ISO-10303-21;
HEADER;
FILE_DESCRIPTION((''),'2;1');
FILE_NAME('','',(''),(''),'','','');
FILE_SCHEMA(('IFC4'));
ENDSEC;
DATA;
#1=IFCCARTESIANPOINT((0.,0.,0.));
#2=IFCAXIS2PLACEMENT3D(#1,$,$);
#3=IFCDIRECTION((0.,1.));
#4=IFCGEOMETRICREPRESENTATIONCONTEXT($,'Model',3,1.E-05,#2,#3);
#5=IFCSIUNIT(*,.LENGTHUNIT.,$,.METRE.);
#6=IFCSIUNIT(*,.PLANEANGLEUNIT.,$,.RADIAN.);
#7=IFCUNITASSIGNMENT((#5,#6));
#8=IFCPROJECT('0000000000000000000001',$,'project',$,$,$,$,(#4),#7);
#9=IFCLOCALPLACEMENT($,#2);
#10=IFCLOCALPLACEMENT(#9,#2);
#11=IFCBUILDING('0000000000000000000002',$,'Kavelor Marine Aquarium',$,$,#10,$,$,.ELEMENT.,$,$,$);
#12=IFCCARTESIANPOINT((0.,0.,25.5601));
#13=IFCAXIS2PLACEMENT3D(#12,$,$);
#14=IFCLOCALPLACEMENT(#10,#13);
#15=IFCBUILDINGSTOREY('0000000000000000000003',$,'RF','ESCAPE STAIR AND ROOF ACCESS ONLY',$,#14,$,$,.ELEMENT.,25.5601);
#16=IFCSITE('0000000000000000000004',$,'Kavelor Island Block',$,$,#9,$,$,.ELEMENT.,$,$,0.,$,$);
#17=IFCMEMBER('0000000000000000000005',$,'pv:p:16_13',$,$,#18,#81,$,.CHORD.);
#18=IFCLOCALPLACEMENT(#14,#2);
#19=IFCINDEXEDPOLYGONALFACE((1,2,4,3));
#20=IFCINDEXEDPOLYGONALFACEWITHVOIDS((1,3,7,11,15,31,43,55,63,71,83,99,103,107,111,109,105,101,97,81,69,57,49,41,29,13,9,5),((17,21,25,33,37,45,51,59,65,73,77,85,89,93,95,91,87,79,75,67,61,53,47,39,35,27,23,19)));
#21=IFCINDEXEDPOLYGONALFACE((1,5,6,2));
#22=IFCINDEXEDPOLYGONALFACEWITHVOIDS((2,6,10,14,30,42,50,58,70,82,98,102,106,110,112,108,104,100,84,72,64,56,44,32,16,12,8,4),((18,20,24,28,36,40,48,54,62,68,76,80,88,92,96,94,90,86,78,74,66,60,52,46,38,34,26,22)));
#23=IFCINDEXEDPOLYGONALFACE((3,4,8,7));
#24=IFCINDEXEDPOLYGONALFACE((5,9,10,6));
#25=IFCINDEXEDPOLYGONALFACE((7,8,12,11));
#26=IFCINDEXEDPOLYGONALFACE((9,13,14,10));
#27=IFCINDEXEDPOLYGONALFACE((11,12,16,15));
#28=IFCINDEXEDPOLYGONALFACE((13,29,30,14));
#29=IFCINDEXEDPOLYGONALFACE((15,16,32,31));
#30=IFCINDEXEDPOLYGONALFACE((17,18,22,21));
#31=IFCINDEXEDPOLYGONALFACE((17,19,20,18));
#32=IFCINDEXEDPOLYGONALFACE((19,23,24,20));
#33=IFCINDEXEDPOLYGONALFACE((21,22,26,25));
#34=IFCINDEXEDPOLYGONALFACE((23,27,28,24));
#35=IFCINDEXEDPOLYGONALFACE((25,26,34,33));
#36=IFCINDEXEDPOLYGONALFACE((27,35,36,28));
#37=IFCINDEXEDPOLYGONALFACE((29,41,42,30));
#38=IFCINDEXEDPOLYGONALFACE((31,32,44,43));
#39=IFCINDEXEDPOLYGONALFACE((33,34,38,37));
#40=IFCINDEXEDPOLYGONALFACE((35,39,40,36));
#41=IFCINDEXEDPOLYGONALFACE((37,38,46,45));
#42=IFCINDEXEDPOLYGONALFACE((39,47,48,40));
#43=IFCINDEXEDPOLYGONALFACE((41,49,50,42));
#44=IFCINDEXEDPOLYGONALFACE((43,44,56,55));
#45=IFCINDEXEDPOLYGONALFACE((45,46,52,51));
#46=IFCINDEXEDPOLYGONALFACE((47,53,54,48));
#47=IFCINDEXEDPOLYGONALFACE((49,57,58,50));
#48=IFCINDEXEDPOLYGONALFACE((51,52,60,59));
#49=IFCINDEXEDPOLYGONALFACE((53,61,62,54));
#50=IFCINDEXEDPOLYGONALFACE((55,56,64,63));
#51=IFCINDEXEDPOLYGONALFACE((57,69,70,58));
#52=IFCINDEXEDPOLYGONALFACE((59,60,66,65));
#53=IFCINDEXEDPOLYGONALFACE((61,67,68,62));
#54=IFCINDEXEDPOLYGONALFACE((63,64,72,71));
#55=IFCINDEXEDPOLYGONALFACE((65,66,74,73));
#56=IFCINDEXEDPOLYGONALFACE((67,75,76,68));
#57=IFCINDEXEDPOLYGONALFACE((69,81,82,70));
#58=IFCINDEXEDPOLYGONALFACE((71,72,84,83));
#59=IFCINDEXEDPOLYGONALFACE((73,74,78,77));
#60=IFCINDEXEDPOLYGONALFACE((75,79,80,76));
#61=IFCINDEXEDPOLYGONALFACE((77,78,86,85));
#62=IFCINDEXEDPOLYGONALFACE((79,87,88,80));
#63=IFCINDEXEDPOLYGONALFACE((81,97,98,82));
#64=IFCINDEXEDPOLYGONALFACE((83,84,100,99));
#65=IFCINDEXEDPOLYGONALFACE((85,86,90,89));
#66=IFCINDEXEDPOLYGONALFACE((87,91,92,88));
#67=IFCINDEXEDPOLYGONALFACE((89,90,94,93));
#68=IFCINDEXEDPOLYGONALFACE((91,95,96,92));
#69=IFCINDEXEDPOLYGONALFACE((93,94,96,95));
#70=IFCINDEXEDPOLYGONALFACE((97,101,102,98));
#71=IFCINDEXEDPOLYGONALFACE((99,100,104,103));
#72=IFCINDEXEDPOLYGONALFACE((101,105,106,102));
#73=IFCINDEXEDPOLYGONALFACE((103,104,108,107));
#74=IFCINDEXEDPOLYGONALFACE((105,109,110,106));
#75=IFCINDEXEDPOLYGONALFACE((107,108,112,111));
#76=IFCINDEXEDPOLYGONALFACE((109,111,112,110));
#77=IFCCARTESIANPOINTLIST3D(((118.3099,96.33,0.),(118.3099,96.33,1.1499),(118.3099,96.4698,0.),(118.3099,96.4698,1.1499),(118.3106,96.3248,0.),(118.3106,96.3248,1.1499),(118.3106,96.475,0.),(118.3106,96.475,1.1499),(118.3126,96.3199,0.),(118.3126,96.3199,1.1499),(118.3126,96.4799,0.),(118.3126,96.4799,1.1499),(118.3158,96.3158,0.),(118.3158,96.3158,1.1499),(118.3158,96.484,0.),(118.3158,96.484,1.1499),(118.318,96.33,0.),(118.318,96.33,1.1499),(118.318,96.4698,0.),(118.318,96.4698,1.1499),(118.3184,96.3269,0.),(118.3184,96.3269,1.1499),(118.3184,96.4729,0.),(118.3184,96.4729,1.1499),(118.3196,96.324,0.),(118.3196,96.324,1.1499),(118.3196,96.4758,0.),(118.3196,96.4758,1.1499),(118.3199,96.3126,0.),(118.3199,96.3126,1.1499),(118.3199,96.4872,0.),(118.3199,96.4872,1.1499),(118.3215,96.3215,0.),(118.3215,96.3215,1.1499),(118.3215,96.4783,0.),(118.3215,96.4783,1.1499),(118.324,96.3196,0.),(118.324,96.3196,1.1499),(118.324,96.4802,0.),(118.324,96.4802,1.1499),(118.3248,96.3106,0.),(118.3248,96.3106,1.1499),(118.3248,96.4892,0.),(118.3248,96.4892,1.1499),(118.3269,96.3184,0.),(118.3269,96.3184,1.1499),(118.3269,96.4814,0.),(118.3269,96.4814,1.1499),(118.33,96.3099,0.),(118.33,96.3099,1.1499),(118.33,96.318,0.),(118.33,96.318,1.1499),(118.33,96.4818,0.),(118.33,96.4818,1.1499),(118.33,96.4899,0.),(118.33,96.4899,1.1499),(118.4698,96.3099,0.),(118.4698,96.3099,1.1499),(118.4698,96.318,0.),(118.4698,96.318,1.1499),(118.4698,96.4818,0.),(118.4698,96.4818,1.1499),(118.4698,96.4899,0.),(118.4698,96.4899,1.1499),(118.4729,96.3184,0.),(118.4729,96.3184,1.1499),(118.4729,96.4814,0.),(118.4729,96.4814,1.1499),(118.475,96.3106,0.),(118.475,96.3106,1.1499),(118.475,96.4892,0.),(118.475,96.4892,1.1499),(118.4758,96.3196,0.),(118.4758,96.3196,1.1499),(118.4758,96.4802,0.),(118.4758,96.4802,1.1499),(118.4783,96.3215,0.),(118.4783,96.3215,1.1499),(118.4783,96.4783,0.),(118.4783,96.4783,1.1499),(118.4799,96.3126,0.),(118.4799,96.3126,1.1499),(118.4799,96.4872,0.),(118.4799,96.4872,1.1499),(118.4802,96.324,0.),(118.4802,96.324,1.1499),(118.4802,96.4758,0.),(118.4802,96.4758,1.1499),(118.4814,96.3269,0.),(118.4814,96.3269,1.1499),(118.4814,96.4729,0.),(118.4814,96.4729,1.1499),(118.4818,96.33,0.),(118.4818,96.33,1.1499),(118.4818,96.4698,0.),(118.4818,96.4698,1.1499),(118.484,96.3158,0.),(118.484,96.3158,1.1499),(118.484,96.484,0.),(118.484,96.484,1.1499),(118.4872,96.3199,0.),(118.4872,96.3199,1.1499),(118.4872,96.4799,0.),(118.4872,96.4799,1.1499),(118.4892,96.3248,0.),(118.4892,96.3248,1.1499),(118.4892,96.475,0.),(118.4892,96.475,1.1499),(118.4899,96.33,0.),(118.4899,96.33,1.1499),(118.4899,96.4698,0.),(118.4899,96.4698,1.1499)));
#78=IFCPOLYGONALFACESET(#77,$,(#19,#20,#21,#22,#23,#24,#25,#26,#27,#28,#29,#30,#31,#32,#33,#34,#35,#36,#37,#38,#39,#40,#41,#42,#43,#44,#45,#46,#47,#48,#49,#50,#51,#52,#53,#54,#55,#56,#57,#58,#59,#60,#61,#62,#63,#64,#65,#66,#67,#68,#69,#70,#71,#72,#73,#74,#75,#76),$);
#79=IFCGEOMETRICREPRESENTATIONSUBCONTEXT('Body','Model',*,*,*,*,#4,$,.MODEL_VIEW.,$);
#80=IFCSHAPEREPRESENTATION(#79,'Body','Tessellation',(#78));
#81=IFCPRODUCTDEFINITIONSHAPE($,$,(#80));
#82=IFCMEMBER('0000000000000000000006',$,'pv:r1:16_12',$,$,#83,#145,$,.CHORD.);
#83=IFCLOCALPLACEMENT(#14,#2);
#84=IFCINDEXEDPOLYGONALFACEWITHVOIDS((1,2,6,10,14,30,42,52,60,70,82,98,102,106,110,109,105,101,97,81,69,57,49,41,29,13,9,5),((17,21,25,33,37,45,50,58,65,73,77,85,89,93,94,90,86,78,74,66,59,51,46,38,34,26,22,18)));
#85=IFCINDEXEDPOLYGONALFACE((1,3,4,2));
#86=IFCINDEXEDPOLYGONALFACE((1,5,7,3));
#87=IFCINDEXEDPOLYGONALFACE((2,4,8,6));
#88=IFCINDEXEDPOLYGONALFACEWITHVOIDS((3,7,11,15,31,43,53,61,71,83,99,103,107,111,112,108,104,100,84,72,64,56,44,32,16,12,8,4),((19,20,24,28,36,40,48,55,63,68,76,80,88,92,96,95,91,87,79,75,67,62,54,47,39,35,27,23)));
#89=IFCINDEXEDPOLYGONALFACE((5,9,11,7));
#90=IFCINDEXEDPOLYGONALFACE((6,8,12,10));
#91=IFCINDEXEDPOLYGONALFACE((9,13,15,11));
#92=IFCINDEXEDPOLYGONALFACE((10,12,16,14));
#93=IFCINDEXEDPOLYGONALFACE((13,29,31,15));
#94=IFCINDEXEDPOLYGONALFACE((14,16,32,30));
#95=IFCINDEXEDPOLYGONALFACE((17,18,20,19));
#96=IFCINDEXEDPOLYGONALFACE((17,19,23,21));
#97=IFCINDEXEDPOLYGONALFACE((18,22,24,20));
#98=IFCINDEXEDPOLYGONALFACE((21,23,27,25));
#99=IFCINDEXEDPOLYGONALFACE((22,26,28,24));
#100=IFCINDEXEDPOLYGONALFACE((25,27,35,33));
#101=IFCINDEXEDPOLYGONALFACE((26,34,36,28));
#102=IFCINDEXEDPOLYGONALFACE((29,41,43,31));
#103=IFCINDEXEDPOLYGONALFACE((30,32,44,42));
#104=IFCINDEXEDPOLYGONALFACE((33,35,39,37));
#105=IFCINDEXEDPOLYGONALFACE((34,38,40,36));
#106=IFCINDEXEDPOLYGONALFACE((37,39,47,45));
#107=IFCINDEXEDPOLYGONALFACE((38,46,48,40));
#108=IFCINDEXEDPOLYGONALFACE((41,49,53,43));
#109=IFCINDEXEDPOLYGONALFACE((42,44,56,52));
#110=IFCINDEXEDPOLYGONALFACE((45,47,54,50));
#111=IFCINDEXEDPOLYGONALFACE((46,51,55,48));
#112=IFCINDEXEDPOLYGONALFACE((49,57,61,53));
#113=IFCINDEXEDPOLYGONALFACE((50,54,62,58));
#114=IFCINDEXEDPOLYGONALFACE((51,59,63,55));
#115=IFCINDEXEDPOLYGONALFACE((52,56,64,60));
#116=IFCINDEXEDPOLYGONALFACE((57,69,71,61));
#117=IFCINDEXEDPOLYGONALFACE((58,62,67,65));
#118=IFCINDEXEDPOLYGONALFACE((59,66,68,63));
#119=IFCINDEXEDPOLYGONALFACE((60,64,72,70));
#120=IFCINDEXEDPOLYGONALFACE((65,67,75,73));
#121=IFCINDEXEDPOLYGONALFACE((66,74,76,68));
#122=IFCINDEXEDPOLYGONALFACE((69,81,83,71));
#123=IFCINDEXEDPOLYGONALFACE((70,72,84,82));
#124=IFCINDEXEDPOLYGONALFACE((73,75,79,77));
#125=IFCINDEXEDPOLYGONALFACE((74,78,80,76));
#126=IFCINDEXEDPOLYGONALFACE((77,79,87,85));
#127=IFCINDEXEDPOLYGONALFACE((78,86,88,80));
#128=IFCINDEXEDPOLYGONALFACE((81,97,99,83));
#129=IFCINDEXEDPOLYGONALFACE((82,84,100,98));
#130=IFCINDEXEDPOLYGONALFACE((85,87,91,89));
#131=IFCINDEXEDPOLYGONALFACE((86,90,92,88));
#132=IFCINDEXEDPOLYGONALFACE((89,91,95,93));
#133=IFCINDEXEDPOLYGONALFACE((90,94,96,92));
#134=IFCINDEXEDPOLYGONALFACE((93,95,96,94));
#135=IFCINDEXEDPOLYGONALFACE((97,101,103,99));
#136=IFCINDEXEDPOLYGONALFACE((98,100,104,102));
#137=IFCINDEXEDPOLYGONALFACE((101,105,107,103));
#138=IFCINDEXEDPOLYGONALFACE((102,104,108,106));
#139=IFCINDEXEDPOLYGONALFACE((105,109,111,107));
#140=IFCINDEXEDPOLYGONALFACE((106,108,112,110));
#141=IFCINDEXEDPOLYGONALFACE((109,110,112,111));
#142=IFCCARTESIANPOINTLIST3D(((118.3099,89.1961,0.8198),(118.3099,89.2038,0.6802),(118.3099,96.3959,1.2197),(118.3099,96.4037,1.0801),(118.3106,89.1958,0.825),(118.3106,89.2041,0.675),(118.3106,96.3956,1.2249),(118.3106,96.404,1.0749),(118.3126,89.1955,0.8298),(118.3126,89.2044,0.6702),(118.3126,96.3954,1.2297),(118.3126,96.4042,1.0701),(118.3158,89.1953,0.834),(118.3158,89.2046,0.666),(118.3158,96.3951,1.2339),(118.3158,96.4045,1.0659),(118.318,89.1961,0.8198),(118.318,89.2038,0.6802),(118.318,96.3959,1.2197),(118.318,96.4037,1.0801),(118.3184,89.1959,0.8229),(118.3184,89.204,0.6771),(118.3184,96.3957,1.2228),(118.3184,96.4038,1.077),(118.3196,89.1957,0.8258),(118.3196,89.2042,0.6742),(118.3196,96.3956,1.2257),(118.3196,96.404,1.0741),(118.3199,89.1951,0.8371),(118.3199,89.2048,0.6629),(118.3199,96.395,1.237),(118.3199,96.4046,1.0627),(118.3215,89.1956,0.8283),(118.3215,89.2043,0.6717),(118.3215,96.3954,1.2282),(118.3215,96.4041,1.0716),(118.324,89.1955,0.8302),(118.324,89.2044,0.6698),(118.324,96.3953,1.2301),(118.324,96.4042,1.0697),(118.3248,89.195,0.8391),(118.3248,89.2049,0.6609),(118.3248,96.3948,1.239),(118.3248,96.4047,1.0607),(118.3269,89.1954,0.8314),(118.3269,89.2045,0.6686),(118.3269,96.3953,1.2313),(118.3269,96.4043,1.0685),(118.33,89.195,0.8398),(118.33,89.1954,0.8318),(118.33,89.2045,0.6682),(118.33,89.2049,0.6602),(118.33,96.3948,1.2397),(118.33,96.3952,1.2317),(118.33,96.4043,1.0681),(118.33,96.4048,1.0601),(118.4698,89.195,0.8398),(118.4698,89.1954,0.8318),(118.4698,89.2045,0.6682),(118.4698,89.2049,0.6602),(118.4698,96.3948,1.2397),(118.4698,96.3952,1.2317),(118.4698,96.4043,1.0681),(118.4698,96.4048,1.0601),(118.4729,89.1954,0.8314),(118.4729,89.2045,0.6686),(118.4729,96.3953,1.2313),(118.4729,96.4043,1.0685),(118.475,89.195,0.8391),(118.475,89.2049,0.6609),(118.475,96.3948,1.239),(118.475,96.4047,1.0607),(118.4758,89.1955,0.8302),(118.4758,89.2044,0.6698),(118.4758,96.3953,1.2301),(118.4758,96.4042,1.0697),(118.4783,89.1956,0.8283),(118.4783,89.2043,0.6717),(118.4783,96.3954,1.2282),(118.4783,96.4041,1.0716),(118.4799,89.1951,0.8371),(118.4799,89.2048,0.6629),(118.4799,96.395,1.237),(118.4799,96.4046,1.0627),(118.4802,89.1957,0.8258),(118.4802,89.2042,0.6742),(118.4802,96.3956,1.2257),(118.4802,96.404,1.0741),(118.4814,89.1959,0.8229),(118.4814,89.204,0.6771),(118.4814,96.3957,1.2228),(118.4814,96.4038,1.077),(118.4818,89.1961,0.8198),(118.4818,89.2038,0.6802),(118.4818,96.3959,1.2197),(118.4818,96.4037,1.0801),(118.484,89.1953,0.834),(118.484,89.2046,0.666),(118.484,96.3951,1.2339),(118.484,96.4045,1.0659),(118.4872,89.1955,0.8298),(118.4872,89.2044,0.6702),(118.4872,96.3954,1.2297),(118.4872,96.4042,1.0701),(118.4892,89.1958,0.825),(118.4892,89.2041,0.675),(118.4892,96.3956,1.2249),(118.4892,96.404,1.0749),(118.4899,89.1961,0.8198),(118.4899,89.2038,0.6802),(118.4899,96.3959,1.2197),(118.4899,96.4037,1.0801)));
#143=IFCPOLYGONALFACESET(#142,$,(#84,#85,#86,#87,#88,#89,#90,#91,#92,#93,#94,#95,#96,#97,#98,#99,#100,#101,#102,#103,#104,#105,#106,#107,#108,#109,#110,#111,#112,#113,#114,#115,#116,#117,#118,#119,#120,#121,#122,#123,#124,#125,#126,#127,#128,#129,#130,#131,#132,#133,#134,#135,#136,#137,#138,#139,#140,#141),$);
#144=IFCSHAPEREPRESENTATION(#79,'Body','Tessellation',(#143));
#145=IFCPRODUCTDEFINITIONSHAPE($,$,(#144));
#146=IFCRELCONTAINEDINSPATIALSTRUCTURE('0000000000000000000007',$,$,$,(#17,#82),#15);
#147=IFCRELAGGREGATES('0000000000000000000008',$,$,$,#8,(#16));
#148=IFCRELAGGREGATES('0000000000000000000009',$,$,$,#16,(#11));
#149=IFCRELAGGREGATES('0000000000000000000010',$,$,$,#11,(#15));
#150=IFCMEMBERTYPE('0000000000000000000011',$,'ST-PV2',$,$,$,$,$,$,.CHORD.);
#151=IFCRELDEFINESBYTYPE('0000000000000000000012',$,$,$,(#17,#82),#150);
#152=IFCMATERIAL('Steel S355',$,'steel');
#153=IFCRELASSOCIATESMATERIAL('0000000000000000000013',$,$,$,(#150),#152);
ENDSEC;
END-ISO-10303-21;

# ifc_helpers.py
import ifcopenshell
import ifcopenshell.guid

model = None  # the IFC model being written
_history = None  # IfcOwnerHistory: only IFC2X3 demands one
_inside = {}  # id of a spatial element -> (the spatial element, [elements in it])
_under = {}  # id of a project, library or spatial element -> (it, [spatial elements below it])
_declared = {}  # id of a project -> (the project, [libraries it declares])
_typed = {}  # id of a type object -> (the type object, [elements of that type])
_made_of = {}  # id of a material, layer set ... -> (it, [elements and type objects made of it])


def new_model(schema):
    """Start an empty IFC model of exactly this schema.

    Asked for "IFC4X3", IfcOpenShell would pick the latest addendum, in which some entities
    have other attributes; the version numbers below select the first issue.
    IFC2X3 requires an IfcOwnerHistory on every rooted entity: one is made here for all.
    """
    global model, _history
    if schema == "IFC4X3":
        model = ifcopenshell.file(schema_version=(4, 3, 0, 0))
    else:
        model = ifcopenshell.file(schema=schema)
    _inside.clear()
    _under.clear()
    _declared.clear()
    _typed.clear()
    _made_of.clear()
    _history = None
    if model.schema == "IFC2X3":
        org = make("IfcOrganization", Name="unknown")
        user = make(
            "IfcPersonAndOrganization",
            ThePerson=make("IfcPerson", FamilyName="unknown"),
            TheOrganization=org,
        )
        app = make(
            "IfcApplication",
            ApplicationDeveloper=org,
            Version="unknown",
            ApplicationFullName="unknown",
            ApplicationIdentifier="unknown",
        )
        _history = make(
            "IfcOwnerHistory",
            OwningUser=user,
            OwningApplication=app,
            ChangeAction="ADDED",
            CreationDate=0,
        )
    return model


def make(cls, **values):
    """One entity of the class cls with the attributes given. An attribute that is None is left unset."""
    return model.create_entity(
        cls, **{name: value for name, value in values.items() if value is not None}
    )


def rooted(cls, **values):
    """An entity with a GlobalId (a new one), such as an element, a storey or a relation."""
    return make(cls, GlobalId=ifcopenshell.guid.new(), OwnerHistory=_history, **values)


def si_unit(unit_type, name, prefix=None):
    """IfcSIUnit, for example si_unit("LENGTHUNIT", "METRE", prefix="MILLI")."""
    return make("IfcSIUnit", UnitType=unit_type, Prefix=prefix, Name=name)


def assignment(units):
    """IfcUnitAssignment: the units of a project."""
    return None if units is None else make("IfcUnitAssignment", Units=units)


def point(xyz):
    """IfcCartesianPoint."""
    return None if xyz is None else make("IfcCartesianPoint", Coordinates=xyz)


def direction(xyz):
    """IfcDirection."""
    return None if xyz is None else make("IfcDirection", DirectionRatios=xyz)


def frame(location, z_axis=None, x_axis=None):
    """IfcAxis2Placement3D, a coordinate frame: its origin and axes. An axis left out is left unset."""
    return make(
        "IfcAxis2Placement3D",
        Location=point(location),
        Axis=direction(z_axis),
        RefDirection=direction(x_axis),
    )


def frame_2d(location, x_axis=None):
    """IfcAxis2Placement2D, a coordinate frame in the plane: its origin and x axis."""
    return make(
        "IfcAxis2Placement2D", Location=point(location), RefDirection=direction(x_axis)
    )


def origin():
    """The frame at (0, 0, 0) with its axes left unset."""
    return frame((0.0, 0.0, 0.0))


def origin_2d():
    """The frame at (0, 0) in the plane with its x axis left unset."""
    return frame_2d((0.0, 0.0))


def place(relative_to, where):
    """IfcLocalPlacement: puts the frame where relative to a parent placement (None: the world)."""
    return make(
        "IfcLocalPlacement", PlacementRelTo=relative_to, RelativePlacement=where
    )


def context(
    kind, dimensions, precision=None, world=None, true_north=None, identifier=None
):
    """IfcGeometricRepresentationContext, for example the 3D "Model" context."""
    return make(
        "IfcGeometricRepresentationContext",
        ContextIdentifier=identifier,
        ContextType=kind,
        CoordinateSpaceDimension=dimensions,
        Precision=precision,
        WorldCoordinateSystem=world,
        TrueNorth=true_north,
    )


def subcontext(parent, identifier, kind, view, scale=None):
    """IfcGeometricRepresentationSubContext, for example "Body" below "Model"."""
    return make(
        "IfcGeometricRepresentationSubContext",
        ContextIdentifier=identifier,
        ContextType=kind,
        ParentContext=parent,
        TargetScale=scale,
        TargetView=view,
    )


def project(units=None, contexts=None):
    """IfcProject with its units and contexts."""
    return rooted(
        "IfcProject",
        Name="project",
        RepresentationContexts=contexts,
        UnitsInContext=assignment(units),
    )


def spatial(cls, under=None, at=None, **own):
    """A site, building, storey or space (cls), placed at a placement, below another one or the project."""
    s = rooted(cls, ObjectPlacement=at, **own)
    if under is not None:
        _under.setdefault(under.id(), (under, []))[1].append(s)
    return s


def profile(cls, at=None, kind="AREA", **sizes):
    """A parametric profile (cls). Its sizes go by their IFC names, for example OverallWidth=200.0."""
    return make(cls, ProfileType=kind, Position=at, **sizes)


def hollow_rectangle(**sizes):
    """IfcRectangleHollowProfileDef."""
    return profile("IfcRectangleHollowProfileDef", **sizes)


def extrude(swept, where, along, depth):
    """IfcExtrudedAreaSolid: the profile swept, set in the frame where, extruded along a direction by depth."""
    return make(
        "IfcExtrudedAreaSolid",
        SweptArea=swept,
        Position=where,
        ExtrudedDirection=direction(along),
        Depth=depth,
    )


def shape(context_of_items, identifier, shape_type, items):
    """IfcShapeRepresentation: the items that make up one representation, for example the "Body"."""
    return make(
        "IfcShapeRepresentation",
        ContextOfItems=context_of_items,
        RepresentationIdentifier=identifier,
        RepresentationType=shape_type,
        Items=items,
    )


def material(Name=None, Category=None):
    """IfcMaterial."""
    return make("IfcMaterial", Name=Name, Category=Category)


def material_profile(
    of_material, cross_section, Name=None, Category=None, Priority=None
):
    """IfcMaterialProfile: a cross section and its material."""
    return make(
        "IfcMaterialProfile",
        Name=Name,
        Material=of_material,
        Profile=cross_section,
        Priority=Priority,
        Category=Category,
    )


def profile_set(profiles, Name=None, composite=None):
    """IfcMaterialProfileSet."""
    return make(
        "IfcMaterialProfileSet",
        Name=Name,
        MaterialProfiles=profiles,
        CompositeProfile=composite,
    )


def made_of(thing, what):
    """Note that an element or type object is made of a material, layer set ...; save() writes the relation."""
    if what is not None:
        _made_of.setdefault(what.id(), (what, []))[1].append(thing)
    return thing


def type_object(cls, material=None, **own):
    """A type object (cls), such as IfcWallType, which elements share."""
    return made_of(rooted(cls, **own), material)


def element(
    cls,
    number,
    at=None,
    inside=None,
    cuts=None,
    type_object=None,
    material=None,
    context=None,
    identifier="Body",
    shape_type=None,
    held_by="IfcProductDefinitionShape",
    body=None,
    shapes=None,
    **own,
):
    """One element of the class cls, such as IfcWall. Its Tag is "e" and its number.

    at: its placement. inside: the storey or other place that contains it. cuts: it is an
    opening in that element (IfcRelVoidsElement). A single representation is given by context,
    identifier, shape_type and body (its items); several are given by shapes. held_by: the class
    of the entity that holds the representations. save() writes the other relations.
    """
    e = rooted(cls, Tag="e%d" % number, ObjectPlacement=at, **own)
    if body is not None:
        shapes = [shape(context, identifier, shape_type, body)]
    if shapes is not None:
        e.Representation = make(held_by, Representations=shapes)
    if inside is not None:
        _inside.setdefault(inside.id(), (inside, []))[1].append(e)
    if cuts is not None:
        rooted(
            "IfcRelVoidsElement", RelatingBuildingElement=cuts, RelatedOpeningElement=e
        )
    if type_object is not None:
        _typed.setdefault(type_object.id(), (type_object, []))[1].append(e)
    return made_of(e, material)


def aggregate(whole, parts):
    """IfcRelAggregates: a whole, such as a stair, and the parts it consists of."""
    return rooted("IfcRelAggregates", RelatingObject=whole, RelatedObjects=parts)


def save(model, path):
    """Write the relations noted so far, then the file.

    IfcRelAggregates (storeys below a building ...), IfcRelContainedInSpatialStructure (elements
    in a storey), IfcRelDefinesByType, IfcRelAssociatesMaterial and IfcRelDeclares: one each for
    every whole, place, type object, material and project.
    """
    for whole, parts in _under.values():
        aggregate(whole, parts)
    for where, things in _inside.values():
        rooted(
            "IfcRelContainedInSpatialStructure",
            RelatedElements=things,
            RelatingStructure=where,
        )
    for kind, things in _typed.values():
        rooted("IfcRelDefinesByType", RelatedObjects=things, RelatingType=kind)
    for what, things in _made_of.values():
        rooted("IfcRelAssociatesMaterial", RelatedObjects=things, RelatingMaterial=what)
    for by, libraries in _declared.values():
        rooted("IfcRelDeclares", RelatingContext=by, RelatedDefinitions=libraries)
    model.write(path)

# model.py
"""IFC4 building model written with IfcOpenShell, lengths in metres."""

from ifc_helpers import new_model, si_unit, direction, frame, origin, origin_2d, place, context, subcontext, project, spatial, hollow_rectangle, extrude, material, material_profile, profile_set, type_object, element, save


model = new_model("IFC4")

# Units and contexts
model_context = context("Model", 3, precision=1e-05, world=origin(), true_north=direction((0.0, 1.0)))
body_context = subcontext(model_context, "Body", "Model", "MODEL_VIEW")
ifc_project = project(units=[si_unit("LENGTHUNIT", "METRE"), si_unit("PLANEANGLEUNIT", "RADIAN")], contexts=[model_context])

# Site, building, storey
site_placement = place(None, origin())
site = spatial("IfcSite", under=ifc_project, at=site_placement, Name="Kavelor Island Block", CompositionType="ELEMENT", RefElevation=0.0)
building_placement = place(site_placement, origin())
building = spatial("IfcBuilding", under=site, at=building_placement, Name="Kavelor Marine Aquarium", CompositionType="ELEMENT")
storey_placement = place(building_placement, frame((0.0, 0.0, 25.5601)))
storey = spatial("IfcBuildingStorey", under=building, at=storey_placement, Name="RF", Description="ESCAPE STAIR AND ROOF ACCESS ONLY", CompositionType="ELEMENT", Elevation=25.5601)

# Members
ifc_material_1 = material(Name="Steel S355", Category="steel")
ifc_material_profile_1 = material_profile(ifc_material_1, hollow_rectangle(XDim=0.1799, YDim=0.1799, WallThickness=0.0081, InnerFilletRadius=0.012, OuterFilletRadius=0.02, at=origin_2d()), Name="SHS 180x180x8.0")
ifc_profile_set_1 = profile_set([ifc_material_profile_1], Name="Steel S355")
member_type_1 = type_object("IfcMemberType", Name="ST-PV2", PredefinedType="CHORD", material=ifc_profile_set_1)
member_1_placement = place(storey_placement, frame((118.3999, 96.3999, 0.0), z_axis=(0.0, 0.0, 1.0), x_axis=(1.0, 0.0, 0.0)))
element("IfcMember", 1, at=member_1_placement, inside=storey, type_object=member_type_1, Name="pv:p:16_13", PredefinedType="CHORD", context=body_context, shape_type="SweptSolid", body=[
    extrude(hollow_rectangle(XDim=0.1799, YDim=0.1799, WallThickness=0.0081, InnerFilletRadius=0.012, OuterFilletRadius=0.02, at=origin_2d()), origin(), (0.0, 0.0, 1.0), 1.1499),
])
member_2_placement = place(storey_placement, frame((118.3999, 89.2, 0.75), z_axis=(0.0, 0.998461, 0.055457), x_axis=(-1.0, 0.0, 0.0)))
element("IfcMember", 2, at=member_2_placement, inside=storey, type_object=member_type_1, Name="pv:r1:16_12", PredefinedType="CHORD", context=body_context, shape_type="SweptSolid", body=[
    extrude(hollow_rectangle(XDim=0.1799, YDim=0.1799, WallThickness=0.0081, InnerFilletRadius=0.012, OuterFilletRadius=0.02, at=origin_2d()), origin(), (0.0, 0.0, 1.0), 7.2109),
])

save(model, "model.ifc")
